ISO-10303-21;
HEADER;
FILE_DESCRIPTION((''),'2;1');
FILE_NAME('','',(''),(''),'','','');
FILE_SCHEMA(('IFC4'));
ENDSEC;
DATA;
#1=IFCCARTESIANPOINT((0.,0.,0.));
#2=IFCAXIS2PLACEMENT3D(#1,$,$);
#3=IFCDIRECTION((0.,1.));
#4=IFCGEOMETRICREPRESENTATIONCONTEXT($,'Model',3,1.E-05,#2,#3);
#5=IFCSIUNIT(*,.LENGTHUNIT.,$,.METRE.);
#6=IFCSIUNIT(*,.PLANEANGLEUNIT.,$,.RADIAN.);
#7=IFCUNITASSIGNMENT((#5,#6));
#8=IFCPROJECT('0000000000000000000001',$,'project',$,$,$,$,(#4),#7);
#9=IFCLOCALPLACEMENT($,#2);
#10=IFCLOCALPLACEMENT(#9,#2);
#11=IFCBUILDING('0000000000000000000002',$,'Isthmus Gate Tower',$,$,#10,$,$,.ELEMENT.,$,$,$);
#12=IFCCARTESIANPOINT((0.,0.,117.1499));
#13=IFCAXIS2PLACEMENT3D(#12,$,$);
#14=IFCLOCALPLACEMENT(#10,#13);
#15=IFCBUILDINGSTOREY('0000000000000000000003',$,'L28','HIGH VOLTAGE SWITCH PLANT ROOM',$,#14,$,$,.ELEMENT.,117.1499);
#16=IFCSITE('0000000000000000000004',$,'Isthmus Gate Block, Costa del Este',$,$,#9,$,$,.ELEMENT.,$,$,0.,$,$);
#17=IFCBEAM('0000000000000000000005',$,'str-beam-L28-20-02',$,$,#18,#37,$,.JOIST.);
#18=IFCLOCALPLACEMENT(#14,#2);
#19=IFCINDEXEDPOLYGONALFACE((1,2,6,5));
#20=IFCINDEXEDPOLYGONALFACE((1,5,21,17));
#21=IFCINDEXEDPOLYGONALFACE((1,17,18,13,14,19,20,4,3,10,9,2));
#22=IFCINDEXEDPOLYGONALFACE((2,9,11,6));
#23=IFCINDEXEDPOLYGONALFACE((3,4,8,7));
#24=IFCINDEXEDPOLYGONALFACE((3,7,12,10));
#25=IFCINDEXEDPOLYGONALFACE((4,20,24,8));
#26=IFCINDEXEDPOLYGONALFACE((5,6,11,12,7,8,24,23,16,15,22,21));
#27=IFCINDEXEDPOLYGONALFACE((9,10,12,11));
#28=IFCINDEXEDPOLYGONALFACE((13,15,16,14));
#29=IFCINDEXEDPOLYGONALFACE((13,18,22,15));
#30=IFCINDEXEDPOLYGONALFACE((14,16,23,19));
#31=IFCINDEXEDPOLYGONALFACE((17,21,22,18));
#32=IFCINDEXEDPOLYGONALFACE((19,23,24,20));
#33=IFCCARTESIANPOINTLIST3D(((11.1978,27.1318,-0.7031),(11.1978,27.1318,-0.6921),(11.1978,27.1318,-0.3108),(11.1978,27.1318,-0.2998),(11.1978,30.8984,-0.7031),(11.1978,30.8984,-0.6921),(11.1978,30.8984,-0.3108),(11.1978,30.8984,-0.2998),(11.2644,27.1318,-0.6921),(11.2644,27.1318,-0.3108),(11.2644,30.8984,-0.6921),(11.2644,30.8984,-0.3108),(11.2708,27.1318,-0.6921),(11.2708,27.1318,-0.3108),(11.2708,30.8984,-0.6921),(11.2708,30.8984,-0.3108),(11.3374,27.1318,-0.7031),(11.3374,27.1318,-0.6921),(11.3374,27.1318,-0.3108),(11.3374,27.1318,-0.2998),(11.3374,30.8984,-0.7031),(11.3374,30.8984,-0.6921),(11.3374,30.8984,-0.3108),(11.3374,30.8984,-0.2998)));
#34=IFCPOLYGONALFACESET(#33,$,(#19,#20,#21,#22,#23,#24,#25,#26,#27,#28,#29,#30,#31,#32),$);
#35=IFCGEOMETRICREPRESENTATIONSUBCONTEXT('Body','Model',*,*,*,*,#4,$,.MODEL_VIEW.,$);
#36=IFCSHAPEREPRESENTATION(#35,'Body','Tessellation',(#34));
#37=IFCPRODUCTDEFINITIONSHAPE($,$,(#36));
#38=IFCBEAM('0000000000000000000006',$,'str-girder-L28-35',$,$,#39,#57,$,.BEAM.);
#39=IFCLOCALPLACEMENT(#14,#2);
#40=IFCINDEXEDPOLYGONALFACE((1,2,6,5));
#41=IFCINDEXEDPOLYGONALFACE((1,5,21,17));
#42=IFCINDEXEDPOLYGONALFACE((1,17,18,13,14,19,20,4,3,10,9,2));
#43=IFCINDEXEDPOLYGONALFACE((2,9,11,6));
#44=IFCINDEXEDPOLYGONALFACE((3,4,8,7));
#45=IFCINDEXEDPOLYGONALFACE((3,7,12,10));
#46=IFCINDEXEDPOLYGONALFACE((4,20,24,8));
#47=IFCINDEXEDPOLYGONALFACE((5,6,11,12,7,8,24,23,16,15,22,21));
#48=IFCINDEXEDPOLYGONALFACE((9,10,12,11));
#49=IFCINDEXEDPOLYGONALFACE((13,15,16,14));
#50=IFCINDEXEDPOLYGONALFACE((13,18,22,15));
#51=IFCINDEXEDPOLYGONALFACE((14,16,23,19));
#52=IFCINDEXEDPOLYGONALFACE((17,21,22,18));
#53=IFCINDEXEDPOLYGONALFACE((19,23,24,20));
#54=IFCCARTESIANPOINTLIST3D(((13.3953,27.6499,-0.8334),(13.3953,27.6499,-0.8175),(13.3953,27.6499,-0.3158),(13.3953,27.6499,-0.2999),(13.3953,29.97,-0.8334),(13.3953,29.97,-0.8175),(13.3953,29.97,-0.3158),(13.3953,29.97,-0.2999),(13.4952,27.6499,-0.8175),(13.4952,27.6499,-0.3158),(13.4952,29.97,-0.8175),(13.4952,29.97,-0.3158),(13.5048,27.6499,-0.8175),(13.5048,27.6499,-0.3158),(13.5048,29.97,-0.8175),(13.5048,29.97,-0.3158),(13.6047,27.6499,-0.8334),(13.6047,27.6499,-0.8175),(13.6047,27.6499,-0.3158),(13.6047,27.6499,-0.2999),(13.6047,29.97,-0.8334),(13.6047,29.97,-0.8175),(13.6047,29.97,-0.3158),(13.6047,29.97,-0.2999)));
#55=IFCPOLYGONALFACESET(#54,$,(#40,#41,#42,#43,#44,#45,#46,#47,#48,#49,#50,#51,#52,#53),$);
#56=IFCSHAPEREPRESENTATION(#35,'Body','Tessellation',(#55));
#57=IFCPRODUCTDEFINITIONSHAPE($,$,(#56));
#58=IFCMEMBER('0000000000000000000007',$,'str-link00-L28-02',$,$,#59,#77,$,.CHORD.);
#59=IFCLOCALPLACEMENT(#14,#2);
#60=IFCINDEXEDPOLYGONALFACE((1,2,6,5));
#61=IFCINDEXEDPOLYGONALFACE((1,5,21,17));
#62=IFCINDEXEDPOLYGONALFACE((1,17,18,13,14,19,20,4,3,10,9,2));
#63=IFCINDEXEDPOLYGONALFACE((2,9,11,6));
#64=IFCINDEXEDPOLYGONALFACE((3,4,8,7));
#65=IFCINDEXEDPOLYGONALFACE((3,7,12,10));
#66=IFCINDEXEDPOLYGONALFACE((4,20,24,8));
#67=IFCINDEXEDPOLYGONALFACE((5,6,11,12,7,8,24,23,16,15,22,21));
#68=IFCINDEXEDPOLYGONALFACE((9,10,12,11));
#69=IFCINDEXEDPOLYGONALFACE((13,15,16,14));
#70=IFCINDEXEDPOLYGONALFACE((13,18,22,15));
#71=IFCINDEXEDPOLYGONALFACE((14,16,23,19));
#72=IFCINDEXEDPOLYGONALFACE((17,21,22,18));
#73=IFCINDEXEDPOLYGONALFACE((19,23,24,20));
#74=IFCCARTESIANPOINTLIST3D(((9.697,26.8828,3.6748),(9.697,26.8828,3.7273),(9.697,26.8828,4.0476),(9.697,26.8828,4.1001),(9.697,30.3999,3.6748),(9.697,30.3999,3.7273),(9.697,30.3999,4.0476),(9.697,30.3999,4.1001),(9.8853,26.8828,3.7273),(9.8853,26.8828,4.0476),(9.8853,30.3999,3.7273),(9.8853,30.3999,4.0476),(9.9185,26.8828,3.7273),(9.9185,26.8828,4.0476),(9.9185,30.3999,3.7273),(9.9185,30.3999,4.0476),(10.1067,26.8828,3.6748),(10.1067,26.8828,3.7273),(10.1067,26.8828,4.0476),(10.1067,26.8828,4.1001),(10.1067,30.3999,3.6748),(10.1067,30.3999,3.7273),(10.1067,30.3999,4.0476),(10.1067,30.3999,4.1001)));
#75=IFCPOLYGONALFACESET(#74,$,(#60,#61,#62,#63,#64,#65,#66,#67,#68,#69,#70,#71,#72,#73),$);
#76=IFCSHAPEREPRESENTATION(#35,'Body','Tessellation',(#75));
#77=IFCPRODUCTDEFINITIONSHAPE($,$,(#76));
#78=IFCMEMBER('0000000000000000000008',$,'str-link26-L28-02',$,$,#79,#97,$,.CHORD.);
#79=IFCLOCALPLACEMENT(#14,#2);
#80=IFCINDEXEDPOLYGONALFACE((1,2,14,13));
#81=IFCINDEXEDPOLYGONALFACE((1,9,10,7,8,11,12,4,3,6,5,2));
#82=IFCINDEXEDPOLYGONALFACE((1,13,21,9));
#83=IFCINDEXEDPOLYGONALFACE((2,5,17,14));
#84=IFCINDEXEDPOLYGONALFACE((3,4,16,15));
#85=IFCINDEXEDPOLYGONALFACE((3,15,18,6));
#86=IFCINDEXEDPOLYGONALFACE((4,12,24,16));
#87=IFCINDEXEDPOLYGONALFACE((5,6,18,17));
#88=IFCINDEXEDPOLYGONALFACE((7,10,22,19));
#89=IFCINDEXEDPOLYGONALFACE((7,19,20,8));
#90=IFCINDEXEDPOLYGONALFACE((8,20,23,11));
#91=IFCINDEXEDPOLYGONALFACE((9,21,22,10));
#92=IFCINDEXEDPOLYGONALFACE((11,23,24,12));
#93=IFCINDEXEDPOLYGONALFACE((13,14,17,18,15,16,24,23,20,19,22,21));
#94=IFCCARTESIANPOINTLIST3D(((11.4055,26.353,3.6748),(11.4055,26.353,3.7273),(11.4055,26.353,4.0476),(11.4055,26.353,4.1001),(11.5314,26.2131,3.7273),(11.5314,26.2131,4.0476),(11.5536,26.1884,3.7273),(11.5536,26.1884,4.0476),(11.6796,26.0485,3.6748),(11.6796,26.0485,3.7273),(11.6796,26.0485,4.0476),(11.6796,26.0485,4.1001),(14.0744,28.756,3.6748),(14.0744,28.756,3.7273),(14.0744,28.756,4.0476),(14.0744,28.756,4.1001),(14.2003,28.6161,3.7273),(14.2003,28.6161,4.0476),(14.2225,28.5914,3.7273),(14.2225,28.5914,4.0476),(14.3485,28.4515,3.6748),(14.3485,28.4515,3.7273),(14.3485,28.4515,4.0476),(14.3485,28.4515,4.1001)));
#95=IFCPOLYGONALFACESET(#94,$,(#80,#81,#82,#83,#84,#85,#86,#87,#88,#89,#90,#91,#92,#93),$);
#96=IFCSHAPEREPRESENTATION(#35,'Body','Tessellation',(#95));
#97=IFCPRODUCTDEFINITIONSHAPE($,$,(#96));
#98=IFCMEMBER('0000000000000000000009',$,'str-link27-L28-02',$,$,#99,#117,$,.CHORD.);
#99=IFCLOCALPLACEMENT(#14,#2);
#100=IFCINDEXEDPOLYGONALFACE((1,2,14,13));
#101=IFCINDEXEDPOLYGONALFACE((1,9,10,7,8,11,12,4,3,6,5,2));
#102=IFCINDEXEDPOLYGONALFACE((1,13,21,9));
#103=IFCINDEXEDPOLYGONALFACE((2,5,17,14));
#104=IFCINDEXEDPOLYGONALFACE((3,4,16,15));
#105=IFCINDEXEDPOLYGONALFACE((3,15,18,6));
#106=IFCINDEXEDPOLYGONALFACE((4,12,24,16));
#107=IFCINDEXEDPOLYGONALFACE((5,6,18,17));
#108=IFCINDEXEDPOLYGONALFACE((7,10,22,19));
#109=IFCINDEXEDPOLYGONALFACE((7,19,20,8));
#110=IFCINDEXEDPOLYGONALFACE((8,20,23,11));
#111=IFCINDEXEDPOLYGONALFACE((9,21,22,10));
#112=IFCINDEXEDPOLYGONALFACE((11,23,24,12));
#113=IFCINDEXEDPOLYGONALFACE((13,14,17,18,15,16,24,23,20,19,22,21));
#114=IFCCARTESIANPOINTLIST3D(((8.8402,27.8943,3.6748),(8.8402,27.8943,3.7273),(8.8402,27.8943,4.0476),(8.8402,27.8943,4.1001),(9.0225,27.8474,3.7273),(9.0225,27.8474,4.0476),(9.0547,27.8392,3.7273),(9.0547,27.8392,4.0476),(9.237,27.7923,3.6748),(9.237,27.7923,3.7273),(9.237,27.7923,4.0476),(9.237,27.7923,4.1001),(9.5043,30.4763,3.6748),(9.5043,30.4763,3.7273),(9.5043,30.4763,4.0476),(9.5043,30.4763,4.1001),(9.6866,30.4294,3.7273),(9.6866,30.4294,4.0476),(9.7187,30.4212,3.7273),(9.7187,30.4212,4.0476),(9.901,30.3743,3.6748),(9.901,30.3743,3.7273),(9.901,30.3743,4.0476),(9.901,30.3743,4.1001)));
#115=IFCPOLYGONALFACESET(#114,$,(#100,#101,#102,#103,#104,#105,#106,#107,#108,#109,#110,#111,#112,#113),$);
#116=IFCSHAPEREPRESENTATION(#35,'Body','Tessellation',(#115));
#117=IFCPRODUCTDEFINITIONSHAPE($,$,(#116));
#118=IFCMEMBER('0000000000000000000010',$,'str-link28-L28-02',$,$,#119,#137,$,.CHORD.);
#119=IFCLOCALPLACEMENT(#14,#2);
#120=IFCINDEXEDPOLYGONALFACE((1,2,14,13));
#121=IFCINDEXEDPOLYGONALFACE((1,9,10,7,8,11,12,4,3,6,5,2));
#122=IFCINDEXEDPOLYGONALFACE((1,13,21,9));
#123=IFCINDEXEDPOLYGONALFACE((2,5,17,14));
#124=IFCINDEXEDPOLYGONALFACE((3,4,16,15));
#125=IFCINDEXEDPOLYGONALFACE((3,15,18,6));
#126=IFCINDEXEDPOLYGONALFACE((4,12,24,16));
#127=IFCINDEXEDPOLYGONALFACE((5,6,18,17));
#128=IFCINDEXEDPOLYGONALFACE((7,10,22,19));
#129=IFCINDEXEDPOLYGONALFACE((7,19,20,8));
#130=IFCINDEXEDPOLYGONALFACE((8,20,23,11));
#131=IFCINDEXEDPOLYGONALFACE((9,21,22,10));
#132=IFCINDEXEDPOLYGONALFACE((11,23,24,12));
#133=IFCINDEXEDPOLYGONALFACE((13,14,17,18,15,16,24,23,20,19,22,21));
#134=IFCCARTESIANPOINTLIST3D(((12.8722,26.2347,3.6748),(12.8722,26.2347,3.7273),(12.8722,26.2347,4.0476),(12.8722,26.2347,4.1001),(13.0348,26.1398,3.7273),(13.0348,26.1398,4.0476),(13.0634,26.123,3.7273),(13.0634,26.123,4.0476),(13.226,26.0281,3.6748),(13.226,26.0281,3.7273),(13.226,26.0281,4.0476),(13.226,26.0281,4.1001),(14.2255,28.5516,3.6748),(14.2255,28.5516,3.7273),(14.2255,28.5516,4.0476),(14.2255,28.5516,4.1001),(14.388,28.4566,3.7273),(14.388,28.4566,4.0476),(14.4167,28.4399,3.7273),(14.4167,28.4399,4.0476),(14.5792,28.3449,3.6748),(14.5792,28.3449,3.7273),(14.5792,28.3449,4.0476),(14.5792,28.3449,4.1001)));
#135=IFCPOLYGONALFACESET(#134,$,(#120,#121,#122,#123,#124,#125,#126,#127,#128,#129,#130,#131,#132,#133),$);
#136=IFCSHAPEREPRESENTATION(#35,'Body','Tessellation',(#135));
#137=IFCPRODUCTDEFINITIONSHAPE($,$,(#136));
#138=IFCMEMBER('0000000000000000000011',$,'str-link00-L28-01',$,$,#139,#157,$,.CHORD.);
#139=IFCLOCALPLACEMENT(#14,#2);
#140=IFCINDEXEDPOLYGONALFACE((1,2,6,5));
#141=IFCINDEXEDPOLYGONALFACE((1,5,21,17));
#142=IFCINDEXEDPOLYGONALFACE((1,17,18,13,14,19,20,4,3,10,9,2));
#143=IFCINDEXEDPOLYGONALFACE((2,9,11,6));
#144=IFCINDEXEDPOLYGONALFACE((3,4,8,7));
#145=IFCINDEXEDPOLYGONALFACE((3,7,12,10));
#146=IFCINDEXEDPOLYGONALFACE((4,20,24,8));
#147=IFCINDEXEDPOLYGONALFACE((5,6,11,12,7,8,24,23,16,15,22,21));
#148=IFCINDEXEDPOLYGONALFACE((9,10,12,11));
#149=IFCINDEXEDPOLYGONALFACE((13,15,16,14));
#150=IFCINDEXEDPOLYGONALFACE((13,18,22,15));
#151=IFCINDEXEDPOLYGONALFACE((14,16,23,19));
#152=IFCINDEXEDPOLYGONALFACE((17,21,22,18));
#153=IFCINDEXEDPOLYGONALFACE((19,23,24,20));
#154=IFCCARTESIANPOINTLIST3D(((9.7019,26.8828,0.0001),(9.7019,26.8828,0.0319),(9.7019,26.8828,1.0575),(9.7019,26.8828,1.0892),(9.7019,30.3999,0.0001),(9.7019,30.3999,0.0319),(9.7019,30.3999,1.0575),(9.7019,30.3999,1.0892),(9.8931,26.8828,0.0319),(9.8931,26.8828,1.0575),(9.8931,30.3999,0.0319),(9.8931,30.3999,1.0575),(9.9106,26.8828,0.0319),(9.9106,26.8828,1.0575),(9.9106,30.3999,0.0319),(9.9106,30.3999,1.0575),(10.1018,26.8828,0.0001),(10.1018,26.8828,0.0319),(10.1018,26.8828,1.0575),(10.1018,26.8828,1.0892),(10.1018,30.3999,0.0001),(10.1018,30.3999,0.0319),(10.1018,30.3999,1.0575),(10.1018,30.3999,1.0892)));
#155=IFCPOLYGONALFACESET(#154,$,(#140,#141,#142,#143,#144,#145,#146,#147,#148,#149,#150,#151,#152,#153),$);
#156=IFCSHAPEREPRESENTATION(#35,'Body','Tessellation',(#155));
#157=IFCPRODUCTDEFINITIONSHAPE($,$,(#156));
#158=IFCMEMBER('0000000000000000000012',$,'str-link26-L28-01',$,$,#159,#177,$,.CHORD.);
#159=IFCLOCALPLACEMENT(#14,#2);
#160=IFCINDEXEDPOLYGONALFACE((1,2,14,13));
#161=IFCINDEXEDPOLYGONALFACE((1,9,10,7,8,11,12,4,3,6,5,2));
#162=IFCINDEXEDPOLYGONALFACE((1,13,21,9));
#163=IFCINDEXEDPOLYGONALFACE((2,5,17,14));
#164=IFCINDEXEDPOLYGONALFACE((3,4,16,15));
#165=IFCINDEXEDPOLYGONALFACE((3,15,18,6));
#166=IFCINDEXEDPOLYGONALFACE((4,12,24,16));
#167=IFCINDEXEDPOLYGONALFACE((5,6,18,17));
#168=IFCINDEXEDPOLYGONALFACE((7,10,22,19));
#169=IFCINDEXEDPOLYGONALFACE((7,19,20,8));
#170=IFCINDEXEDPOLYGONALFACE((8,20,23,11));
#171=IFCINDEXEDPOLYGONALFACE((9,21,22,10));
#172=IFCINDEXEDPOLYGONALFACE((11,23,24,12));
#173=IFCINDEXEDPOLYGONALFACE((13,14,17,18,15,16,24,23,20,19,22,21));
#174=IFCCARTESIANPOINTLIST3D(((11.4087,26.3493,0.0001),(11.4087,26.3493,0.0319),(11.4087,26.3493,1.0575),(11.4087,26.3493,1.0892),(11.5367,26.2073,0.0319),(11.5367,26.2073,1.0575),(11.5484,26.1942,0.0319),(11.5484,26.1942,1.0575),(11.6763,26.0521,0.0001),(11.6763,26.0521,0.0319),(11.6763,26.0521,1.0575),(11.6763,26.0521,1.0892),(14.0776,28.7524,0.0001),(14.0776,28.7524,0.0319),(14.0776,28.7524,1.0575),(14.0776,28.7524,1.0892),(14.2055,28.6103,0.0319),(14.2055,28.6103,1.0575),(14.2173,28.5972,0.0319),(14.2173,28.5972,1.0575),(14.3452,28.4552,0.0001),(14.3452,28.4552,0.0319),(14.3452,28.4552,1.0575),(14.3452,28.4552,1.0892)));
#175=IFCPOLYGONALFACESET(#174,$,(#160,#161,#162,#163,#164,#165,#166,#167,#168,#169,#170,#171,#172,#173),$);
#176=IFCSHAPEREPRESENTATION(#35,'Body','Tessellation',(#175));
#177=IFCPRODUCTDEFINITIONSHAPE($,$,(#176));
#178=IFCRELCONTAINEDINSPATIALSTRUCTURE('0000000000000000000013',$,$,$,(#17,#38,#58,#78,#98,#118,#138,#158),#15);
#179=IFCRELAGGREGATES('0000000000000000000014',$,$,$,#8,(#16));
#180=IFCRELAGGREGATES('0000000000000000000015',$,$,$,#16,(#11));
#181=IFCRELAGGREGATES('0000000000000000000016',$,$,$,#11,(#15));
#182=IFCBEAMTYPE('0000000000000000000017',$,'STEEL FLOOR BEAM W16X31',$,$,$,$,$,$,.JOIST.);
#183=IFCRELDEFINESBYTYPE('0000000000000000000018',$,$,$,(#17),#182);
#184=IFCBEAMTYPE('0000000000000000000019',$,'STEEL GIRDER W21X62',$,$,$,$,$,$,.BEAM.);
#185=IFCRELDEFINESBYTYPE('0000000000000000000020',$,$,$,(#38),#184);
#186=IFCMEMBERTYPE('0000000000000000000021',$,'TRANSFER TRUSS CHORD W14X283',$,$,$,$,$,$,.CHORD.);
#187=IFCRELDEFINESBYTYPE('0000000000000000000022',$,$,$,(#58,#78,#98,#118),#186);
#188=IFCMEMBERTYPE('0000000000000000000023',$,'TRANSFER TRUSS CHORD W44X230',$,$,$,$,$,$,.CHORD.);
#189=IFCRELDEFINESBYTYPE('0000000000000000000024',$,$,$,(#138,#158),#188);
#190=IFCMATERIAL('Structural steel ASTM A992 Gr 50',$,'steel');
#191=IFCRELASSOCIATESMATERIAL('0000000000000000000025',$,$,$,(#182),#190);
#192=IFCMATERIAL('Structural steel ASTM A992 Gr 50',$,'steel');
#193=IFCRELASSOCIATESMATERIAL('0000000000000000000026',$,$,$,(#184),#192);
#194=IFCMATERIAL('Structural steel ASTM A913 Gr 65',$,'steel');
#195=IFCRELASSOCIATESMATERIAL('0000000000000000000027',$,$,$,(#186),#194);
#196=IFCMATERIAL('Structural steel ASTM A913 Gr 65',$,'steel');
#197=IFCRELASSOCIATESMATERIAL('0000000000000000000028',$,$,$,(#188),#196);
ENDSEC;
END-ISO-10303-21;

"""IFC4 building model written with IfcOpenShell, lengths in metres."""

from ifc_helpers import new_model, si_unit, direction, frame, origin, origin_2d, place, context, subcontext, project, spatial, i_section, extrude, material, material_profile, profile_set, type_object, element, save


model = new_model("IFC4")

# Units and contexts
model_context = context("Model", 3, precision=1e-05, world=origin(), true_north=direction((0.0, 1.0)))
body_context = subcontext(model_context, "Body", "Model", "MODEL_VIEW")
ifc_project = project(units=[si_unit("LENGTHUNIT", "METRE"), si_unit("PLANEANGLEUNIT", "RADIAN")], contexts=[model_context])

# Site, building, storey
site_placement = place(None, origin())
site = spatial("IfcSite", under=ifc_project, at=site_placement, Name="Isthmus Gate Block, Costa del Este", CompositionType="ELEMENT", RefElevation=0.0)
building_placement = place(site_placement, origin())
building = spatial("IfcBuilding", under=site, at=building_placement, Name="Isthmus Gate Tower", CompositionType="ELEMENT")
storey_placement = place(building_placement, frame((0.0, 0.0, 117.1499)))
storey = spatial("IfcBuildingStorey", under=building, at=storey_placement, Name="L28", Description="HIGH VOLTAGE SWITCH PLANT ROOM", CompositionType="ELEMENT", Elevation=117.1499)

# Beams
ifc_material_1 = material(Name="Structural steel ASTM A992 Gr 50", Category="steel")
ifc_material_profile_1 = material_profile(ifc_material_1, i_section(OverallWidth=0.1396, OverallDepth=0.4033, WebThickness=0.0063, FlangeThickness=0.011, at=origin_2d()), Name="W16X31")
ifc_profile_set_1 = profile_set([ifc_material_profile_1], Name="Structural steel ASTM A992 Gr 50")
beam_type_1 = type_object("IfcBeamType", Name="STEEL FLOOR BEAM W16X31", PredefinedType="JOIST", material=ifc_profile_set_1)
beam_1_placement = place(storey_placement, frame((11.2676, 27.1318, -0.5015), z_axis=(0.0, 1.0, 0.0), x_axis=(-1.0, 0.0, 0.0)))
element("IfcBeam", 1, at=beam_1_placement, inside=storey, type_object=beam_type_1, Name="str-beam-L28-20-02", PredefinedType="JOIST", context=body_context, shape_type="SweptSolid", body=[
    extrude(i_section(OverallWidth=0.1396, OverallDepth=0.4033, WebThickness=0.0063, FlangeThickness=0.011, at=origin_2d()), origin(), (0.0, 0.0, 1.0), 3.7666),
])
ifc_material_2 = material(Name="Structural steel ASTM A992 Gr 50", Category="steel")
ifc_material_profile_2 = material_profile(ifc_material_2, i_section(OverallWidth=0.2095, OverallDepth=0.5334, WebThickness=0.0095, FlangeThickness=0.0159, at=origin_2d()), Name="W21X62")
ifc_profile_set_2 = profile_set([ifc_material_profile_2], Name="Structural steel ASTM A992 Gr 50")
beam_type_2 = type_object("IfcBeamType", Name="STEEL GIRDER W21X62", PredefinedType="BEAM", material=ifc_profile_set_2)
beam_2_placement = place(storey_placement, frame((13.5, 27.6499, -0.5667), z_axis=(0.0, 1.0, 0.0), x_axis=(-1.0, 0.0, 0.0)))
element("IfcBeam", 2, at=beam_2_placement, inside=storey, type_object=beam_type_2, Name="str-girder-L28-35", PredefinedType="BEAM", context=body_context, shape_type="SweptSolid", body=[
    extrude(i_section(OverallWidth=0.2095, OverallDepth=0.5334, WebThickness=0.0095, FlangeThickness=0.0159, at=origin_2d()), origin(), (0.0, 0.0, 1.0), 2.3201),
])

# Members
ifc_material_3 = material(Name="Structural steel ASTM A913 Gr 65", Category="steel")
ifc_material_profile_3 = material_profile(ifc_material_3, i_section(OverallWidth=0.4097, OverallDepth=0.4253, WebThickness=0.0332, FlangeThickness=0.0525, at=origin_2d()), Name="W14X283")
ifc_profile_set_3 = profile_set([ifc_material_profile_3], Name="Structural steel ASTM A913 Gr 65")
member_type_1 = type_object("IfcMemberType", Name="TRANSFER TRUSS CHORD W14X283", PredefinedType="CHORD", material=ifc_profile_set_3)
member_1_placement = place(storey_placement, frame((9.9019, 30.3999, 3.8875), z_axis=(0.0, -1.0, 0.0), x_axis=(1.0, 0.0, 0.0)))
element("IfcMember", 3, at=member_1_placement, inside=storey, type_object=member_type_1, Name="str-link00-L28-02", PredefinedType="CHORD", context=body_context, shape_type="SweptSolid", body=[
    extrude(i_section(OverallWidth=0.4097, OverallDepth=0.4253, WebThickness=0.0332, FlangeThickness=0.0525, at=origin_2d()), origin(), (0.0, 0.0, 1.0), 3.5171),
])
member_2_placement = place(storey_placement, frame((14.2114, 28.6038, 3.8875), z_axis=(-0.743152, -0.669122, 0.0), x_axis=(0.669122, -0.743152, 0.0)))
element("IfcMember", 4, at=member_2_placement, inside=storey, type_object=member_type_1, Name="str-link26-L28-02", PredefinedType="CHORD", context=body_context, shape_type="SweptSolid", body=[
    extrude(i_section(OverallWidth=0.4097, OverallDepth=0.4253, WebThickness=0.0332, FlangeThickness=0.0525, at=origin_2d()), origin(), (0.0, 0.0, 1.0), 3.5913),
])
member_3_placement = place(storey_placement, frame((9.7026, 30.4253, 3.8875), z_axis=(-0.24908, -0.968483, 0.0), x_axis=(0.968483, -0.24908, 0.0)))
element("IfcMember", 5, at=member_3_placement, inside=storey, type_object=member_type_1, Name="str-link27-L28-02", PredefinedType="CHORD", context=body_context, shape_type="SweptSolid", body=[
    extrude(i_section(OverallWidth=0.4097, OverallDepth=0.4253, WebThickness=0.0332, FlangeThickness=0.0525, at=origin_2d()), origin(), (0.0, 0.0, 1.0), 2.666),
])
member_4_placement = place(storey_placement, frame((14.4023, 28.4482, 3.8875), z_axis=(-0.504357, -0.863495, 0.0), x_axis=(0.863495, -0.504357, 0.0)))
element("IfcMember", 6, at=member_4_placement, inside=storey, type_object=member_type_1, Name="str-link28-L28-02", PredefinedType="CHORD", context=body_context, shape_type="SweptSolid", body=[
    extrude(i_section(OverallWidth=0.4097, OverallDepth=0.4253, WebThickness=0.0332, FlangeThickness=0.0525, at=origin_2d()), origin(), (0.0, 0.0, 1.0), 2.6831),
])
ifc_material_4 = material(Name="Structural steel ASTM A913 Gr 65", Category="steel")
ifc_material_profile_4 = material_profile(ifc_material_4, i_section(OverallWidth=0.3999, OverallDepth=1.0891, WebThickness=0.0176, FlangeThickness=0.0317, at=origin_2d()), Name="W44X230")
ifc_profile_set_4 = profile_set([ifc_material_profile_4], Name="Structural steel ASTM A913 Gr 65")
member_type_2 = type_object("IfcMemberType", Name="TRANSFER TRUSS CHORD W44X230", PredefinedType="CHORD", material=ifc_profile_set_4)
member_5_placement = place(storey_placement, frame((9.9019, 30.3999, 0.5447), z_axis=(0.0, -1.0, 0.0), x_axis=(1.0, 0.0, 0.0)))
element("IfcMember", 7, at=member_5_placement, inside=storey, type_object=member_type_2, Name="str-link00-L28-01", PredefinedType="CHORD", context=body_context, shape_type="SweptSolid", body=[
    extrude(i_section(OverallWidth=0.3999, OverallDepth=1.0891, WebThickness=0.0176, FlangeThickness=0.0317, at=origin_2d()), origin(), (0.0, 0.0, 1.0), 3.5171),
])
member_6_placement = place(storey_placement, frame((14.2114, 28.6038, 0.5447), z_axis=(-0.743152, -0.669122, 0.0), x_axis=(0.669122, -0.743152, 0.0)))
element("IfcMember", 8, at=member_6_placement, inside=storey, type_object=member_type_2, Name="str-link26-L28-01", PredefinedType="CHORD", context=body_context, shape_type="SweptSolid", body=[
    extrude(i_section(OverallWidth=0.3999, OverallDepth=1.0891, WebThickness=0.0176, FlangeThickness=0.0317, at=origin_2d()), origin(), (0.0, 0.0, 1.0), 3.5913),
])

save(model, "model.ifc")
